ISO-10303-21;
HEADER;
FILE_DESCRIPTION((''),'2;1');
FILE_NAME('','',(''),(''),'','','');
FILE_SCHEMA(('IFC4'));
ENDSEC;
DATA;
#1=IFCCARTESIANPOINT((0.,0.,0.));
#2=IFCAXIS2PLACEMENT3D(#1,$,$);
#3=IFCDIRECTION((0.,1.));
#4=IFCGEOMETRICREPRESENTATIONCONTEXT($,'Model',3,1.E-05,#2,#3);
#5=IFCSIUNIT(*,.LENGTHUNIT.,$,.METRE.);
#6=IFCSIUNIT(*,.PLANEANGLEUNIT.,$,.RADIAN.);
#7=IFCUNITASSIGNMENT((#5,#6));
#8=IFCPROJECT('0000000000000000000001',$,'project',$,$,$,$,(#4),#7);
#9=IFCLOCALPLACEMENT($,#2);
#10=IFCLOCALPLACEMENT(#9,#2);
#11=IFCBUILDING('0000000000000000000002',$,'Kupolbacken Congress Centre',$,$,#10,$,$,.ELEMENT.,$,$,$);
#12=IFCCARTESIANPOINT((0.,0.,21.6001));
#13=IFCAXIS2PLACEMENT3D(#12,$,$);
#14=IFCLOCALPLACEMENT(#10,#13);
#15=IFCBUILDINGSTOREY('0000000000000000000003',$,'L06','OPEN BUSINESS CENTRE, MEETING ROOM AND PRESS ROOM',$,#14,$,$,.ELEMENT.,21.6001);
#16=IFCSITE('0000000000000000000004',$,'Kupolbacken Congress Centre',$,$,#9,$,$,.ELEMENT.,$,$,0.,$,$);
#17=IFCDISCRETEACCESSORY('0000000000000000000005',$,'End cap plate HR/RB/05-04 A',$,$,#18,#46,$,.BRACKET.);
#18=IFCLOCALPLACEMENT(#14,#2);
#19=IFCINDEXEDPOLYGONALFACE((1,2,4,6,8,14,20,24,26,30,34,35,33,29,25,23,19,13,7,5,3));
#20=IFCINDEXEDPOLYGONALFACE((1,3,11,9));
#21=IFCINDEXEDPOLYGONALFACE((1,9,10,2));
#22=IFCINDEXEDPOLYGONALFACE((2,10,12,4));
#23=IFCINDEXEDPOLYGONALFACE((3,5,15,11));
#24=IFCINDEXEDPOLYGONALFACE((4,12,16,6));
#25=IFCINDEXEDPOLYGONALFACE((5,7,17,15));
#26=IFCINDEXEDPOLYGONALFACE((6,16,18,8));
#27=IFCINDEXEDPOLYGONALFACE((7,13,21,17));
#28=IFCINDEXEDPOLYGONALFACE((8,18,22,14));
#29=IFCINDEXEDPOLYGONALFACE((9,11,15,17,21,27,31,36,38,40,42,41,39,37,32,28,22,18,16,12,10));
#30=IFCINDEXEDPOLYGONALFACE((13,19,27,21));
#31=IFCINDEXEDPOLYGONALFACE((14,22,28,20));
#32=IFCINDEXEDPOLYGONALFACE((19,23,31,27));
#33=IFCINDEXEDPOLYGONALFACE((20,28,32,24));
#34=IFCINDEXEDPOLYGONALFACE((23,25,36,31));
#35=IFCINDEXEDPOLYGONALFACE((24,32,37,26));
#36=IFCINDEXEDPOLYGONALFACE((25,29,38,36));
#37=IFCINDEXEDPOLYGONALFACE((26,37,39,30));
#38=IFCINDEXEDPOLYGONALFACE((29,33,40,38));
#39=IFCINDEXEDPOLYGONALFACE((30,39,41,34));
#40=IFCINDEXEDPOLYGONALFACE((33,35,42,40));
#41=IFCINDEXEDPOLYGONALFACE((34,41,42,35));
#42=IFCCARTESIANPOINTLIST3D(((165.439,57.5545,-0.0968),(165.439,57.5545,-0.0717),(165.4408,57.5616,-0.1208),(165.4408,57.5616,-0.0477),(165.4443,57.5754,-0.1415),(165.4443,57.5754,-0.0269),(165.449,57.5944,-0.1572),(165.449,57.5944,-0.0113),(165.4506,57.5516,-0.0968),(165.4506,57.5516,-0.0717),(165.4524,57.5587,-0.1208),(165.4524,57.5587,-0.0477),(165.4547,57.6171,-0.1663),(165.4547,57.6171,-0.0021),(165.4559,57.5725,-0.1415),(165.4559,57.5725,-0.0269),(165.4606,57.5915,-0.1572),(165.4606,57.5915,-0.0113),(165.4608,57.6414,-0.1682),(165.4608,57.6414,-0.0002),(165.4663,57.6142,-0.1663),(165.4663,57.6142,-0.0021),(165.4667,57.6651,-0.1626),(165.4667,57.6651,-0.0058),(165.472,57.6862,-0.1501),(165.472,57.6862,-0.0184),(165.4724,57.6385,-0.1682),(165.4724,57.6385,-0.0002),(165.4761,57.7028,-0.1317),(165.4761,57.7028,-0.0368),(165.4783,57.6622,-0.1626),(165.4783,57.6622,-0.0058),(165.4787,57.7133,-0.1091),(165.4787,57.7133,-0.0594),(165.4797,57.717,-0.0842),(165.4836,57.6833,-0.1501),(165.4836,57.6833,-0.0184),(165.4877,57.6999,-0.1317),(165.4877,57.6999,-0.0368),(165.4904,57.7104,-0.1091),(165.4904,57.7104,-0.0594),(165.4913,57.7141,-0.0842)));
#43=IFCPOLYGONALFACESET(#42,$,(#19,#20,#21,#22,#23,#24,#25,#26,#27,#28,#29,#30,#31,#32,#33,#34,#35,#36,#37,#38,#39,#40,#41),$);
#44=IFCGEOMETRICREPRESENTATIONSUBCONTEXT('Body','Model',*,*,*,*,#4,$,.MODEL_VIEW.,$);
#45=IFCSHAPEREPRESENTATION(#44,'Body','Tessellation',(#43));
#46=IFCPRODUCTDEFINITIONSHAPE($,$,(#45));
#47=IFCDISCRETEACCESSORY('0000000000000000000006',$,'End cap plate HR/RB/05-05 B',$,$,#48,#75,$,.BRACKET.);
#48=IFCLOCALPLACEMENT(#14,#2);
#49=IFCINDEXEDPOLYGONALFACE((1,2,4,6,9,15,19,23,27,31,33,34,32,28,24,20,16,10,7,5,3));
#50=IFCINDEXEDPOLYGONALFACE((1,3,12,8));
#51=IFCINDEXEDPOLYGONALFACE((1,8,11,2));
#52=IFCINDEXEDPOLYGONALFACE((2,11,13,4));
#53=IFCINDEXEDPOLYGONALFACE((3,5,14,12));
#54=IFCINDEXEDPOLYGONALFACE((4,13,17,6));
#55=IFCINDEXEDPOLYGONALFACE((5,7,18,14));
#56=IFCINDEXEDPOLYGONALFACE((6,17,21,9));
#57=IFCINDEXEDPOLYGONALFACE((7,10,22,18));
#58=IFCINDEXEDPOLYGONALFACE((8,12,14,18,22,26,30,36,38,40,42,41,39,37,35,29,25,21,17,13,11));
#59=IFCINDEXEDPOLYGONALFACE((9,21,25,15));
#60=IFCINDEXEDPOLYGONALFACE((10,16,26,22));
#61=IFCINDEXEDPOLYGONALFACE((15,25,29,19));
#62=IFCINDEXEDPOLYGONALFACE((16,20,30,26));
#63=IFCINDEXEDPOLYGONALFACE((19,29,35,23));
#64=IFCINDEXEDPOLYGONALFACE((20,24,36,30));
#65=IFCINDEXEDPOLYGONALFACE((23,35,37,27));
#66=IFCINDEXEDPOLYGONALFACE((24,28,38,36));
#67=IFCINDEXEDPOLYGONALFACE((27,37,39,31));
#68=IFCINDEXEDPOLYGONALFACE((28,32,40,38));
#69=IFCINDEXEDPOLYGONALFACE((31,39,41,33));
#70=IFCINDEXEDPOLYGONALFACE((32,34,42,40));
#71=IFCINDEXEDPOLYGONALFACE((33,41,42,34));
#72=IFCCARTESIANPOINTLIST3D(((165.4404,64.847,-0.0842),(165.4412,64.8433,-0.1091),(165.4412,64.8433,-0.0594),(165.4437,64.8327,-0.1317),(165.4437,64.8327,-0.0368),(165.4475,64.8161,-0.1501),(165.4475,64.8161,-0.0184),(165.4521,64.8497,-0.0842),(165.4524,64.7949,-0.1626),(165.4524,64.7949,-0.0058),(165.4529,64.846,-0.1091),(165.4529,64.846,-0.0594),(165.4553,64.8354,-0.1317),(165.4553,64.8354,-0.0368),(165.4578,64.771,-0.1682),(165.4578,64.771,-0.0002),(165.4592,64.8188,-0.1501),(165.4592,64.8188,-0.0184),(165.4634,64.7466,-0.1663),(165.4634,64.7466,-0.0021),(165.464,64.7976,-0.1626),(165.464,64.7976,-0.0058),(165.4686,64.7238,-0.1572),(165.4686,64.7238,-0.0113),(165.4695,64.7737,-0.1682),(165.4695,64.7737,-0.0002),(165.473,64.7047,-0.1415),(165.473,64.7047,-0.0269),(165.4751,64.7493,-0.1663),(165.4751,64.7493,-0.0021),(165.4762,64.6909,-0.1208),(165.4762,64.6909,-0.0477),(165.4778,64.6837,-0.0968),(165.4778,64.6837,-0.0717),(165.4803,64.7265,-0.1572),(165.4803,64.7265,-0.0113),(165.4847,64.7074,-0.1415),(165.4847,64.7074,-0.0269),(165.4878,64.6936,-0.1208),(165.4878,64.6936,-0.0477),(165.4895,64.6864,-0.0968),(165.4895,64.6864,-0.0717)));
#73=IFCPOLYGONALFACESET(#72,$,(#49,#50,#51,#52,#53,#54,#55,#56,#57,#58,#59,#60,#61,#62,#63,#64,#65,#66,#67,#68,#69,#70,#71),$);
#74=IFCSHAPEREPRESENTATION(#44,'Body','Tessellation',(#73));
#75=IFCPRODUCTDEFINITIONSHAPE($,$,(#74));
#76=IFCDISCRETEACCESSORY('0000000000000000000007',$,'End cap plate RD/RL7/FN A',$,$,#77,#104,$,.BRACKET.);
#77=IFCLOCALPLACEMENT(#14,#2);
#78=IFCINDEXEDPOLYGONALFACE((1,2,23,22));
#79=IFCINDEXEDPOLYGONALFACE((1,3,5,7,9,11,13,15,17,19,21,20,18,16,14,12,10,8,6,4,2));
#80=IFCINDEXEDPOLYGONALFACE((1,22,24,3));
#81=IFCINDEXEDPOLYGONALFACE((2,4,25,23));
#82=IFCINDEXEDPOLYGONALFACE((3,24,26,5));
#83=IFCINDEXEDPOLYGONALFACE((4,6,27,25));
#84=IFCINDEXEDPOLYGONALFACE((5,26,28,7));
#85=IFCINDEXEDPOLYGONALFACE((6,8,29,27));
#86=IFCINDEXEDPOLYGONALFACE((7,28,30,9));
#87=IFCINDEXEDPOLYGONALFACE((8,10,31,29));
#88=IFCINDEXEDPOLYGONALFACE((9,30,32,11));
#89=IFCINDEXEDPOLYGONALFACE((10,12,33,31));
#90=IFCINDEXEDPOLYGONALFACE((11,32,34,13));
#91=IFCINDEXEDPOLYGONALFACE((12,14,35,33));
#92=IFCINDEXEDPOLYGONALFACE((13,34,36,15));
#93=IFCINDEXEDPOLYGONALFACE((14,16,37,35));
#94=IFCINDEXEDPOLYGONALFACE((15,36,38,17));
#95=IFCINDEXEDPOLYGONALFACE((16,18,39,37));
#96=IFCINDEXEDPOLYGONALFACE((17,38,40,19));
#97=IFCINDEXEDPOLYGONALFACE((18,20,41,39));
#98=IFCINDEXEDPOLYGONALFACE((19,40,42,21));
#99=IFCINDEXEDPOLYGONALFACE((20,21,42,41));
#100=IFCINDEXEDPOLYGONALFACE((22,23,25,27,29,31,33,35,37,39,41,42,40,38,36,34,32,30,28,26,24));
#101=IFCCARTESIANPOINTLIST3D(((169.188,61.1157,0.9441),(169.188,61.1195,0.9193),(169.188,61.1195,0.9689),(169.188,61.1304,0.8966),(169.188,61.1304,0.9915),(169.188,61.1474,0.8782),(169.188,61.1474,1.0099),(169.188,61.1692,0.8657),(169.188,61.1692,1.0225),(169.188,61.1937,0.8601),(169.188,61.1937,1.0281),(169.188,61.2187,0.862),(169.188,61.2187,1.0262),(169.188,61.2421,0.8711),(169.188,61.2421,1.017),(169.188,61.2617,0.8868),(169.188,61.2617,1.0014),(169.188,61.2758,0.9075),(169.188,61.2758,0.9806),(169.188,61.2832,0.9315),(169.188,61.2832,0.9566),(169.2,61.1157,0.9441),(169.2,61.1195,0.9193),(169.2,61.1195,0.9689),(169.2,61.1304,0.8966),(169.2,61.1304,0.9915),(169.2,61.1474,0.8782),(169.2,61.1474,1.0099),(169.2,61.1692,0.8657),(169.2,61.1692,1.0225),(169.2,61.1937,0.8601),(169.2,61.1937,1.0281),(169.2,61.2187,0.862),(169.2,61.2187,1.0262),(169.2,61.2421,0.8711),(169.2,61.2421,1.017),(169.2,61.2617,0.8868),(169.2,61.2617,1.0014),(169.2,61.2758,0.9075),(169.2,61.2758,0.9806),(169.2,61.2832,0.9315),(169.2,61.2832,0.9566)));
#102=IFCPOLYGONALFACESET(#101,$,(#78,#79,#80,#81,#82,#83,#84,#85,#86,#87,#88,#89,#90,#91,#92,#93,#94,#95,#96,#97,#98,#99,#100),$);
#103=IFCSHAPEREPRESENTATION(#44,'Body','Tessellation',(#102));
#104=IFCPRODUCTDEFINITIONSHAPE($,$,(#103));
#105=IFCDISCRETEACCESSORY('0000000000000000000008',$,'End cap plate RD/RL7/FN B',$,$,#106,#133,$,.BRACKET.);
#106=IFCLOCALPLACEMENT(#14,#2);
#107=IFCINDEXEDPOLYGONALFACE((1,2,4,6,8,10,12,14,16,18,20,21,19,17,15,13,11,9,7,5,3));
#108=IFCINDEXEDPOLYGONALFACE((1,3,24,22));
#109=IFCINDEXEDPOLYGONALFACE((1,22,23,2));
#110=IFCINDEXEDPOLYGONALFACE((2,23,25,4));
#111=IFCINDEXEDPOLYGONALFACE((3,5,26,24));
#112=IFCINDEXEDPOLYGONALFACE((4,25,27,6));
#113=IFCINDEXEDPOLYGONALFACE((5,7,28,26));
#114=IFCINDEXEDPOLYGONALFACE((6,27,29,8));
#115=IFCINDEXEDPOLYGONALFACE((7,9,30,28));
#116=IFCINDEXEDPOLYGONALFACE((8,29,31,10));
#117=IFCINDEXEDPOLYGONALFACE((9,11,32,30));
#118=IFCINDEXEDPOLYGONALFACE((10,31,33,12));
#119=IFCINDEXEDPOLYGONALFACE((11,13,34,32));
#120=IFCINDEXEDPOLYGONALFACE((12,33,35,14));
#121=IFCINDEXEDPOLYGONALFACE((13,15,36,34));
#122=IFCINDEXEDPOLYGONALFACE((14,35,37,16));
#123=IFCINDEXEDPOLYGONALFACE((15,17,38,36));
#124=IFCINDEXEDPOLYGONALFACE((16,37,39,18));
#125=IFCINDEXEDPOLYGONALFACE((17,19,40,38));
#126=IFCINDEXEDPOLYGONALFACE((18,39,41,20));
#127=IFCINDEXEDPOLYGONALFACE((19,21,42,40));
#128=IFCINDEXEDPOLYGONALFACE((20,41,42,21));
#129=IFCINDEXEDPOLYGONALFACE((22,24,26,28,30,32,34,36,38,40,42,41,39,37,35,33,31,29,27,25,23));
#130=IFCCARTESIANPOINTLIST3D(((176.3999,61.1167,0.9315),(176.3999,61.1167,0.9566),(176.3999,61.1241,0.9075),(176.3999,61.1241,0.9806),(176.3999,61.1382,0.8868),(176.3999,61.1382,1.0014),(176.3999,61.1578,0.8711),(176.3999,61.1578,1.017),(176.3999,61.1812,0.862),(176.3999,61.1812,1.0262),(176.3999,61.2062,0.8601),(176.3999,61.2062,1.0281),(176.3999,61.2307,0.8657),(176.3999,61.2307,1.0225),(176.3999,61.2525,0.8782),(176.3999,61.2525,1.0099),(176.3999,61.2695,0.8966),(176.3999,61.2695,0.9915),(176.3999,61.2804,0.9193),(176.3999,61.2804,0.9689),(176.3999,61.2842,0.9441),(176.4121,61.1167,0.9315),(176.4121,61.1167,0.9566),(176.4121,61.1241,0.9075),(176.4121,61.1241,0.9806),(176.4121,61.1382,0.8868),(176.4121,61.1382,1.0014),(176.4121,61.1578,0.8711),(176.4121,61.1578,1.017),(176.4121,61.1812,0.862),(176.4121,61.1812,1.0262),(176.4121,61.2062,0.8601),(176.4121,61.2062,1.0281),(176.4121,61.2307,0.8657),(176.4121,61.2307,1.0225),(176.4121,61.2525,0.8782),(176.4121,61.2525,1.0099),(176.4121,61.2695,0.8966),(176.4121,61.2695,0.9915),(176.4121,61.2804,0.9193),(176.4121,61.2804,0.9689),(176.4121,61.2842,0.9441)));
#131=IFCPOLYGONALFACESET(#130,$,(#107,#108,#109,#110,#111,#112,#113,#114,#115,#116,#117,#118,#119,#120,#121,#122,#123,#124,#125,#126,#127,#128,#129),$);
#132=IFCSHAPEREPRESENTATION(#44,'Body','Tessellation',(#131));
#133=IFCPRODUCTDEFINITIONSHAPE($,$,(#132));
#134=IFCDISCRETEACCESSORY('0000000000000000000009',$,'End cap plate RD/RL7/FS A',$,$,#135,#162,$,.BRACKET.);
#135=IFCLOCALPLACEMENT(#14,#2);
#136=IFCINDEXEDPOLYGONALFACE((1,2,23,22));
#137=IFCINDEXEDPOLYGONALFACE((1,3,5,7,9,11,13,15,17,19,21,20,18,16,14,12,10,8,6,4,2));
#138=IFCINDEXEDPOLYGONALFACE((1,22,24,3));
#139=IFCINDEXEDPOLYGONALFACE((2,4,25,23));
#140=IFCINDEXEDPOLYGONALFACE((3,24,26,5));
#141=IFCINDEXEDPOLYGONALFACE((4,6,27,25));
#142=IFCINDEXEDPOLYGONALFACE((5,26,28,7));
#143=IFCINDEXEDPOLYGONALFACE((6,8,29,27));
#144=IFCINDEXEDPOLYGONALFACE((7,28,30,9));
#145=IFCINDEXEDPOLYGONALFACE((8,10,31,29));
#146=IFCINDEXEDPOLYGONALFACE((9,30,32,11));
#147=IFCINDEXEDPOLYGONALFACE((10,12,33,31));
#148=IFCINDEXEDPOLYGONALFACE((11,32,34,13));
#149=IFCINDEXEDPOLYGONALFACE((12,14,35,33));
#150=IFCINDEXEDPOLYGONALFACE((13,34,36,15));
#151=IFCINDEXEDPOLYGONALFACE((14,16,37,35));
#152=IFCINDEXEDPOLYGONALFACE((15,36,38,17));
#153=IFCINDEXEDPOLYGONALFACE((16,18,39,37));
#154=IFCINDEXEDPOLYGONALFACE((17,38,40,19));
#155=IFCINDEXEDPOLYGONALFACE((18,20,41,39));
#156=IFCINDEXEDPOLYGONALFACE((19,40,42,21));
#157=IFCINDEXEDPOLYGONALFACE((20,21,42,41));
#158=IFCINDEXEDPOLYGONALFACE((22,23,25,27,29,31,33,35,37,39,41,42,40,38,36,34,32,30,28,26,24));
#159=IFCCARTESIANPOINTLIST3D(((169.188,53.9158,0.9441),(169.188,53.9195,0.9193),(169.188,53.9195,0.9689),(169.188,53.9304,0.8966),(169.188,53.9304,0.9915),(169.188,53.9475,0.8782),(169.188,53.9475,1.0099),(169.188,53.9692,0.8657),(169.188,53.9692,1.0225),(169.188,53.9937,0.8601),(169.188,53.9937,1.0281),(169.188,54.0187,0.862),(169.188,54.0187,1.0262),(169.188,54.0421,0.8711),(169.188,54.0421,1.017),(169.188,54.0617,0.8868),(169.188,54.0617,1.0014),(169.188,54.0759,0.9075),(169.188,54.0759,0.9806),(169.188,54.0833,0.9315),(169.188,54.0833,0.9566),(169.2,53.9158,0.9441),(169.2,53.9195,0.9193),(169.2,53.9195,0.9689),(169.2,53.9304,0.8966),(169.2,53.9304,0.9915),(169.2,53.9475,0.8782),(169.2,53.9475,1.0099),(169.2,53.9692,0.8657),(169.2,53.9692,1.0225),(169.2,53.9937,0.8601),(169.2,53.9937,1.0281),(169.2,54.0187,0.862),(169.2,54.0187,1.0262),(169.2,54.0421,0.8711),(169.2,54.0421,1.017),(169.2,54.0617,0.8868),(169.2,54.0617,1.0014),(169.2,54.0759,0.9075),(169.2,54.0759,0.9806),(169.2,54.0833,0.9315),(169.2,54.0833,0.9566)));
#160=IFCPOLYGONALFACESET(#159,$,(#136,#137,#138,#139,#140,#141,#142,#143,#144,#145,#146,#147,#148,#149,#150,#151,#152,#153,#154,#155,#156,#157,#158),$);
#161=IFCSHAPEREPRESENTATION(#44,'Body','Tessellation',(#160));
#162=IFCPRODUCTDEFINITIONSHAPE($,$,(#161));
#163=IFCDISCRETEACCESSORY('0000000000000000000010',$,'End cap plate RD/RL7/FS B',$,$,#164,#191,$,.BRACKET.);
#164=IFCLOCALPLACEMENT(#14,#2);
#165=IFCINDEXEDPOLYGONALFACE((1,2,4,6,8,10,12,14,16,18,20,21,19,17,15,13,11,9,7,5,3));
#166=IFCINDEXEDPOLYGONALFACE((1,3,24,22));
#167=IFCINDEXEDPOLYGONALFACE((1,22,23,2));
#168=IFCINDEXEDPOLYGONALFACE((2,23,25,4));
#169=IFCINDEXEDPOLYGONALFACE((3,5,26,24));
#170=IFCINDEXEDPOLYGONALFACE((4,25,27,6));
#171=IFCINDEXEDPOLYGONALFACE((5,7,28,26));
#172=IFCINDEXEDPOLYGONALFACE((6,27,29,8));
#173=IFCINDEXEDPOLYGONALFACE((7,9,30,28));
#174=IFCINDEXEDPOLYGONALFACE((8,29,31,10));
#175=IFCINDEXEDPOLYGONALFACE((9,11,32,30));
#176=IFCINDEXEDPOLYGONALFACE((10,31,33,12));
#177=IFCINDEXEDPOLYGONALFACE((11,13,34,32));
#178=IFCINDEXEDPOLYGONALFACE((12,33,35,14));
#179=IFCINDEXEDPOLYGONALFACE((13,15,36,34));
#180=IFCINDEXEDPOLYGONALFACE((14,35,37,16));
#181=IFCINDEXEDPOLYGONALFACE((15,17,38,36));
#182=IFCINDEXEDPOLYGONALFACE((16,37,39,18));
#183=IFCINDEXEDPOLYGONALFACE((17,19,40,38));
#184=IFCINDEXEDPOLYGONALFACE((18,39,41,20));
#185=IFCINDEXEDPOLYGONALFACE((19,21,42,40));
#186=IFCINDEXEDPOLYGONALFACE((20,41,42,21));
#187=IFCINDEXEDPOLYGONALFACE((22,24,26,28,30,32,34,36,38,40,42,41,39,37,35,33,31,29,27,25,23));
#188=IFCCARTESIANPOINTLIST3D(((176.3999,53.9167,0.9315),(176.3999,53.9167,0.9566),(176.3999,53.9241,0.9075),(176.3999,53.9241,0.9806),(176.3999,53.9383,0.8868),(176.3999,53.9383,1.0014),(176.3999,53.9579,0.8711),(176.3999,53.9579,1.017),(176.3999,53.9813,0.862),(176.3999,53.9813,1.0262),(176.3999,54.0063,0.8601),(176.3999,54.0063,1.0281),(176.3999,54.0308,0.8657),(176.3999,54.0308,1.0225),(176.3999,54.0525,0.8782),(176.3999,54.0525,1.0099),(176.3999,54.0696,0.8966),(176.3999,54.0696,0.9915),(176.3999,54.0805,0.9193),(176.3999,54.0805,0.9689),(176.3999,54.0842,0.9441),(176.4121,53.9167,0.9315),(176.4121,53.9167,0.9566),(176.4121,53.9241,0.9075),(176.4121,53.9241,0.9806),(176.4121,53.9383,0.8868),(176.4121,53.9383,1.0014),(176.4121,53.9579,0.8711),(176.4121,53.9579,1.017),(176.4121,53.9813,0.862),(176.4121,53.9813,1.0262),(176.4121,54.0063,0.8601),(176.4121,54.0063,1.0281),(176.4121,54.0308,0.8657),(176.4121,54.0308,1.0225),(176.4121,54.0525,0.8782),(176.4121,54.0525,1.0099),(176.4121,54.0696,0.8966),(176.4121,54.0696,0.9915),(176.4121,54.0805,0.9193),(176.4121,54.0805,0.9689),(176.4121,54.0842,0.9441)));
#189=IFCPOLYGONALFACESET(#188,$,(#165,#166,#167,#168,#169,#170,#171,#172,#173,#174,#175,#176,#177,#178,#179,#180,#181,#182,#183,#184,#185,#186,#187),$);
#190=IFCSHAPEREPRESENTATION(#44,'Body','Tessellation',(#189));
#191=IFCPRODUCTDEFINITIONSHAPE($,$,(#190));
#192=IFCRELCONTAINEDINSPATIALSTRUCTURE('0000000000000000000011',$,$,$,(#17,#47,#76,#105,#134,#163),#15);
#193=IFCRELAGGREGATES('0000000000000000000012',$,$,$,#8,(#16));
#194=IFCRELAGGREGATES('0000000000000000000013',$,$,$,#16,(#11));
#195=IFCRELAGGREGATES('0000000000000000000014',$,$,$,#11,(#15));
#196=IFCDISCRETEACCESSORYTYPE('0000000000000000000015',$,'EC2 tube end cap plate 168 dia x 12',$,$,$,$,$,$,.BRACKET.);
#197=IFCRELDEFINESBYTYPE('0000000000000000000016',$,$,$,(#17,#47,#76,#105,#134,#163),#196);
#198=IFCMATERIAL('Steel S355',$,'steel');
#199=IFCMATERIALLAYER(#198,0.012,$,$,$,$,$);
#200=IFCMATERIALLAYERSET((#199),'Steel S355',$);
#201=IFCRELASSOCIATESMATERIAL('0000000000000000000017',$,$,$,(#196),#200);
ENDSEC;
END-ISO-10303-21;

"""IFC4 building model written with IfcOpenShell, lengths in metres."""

from ifc_helpers import new_model, si_unit, direction, frame, origin, origin_2d, place, context, subcontext, project, spatial, circle, extrude, material, layer, layer_set, type_object, element, save


model = new_model("IFC4")

# Units and contexts
model_context = context("Model", 3, precision=1e-05, world=origin(), true_north=direction((0.0, 1.0)))
body_context = subcontext(model_context, "Body", "Model", "MODEL_VIEW")
ifc_project = project(units=[si_unit("LENGTHUNIT", "METRE"), si_unit("PLANEANGLEUNIT", "RADIAN")], contexts=[model_context])

# Site, building, storey
site_placement = place(None, origin())
site = spatial("IfcSite", under=ifc_project, at=site_placement, Name="Kupolbacken Congress Centre", CompositionType="ELEMENT", RefElevation=0.0)
building_placement = place(site_placement, origin())
building = spatial("IfcBuilding", under=site, at=building_placement, Name="Kupolbacken Congress Centre", CompositionType="ELEMENT")
storey_placement = place(building_placement, frame((0.0, 0.0, 21.6001)))
storey = spatial("IfcBuildingStorey", under=building, at=storey_placement, Name="L06", Description="OPEN BUSINESS CENTRE, MEETING ROOM AND PRESS ROOM", CompositionType="ELEMENT", Elevation=21.6001)

# Discrete accessories
ifc_material_1 = material(Name="Steel S355", Category="steel")
ifc_layer_1 = layer(ifc_material_1, 0.012)
ifc_layer_set_1 = layer_set([ifc_layer_1], Name="Steel S355")
discrete_accessory_type = type_object("IfcDiscreteAccessoryType", Name="EC2 tube end cap plate 168 dia x 12", PredefinedType="BRACKET", material=ifc_layer_set_1)
for number, where, z_axis, x_axis, name in (
    (1, (165.4592, 57.6353, -0.0842), (0.970143, -0.242536, 0.0), (0.242536, 0.970143, 0.0), "End cap plate HR/RB/05-04 A"),
    (2, (165.4592, 64.7649, -0.0842), (0.974732, 0.223376, 0.0), (-0.223376, 0.974732, 0.0), "End cap plate HR/RB/05-05 B"),
    (3, (169.2, 61.2, 0.9441), (-1.0, 0.0, 0.0), (0.0, -1.0, 0.0), "End cap plate RD/RL7/FN A"),
):
    element("IfcDiscreteAccessory", number, at=place(storey_placement, frame(where, z_axis=z_axis, x_axis=x_axis)), inside=storey, type_object=discrete_accessory_type, Name=name, PredefinedType="BRACKET", context=body_context, shape_type="SweptSolid", body=[
        extrude(circle(Radius=0.0842, at=origin_2d()), origin(), (0.0, 0.0, 1.0), 0.012),
    ])
discrete_accessory_1_placement = place(storey_placement, frame((176.3999, 61.2, 0.9441), z_axis=(1.0, 0.0, 0.0), x_axis=(0.0, 1.0, 0.0)))
element("IfcDiscreteAccessory", 4, at=discrete_accessory_1_placement, inside=storey, type_object=discrete_accessory_type, Name="End cap plate RD/RL7/FN B", PredefinedType="BRACKET", context=body_context, shape_type="SweptSolid", body=[
    extrude(circle(Radius=0.0842, at=origin_2d()), origin(), (0.0, 0.0, 1.0), 0.0122),
])
discrete_accessory_2_placement = place(storey_placement, frame((169.2, 54.0, 0.9441), z_axis=(-1.0, 0.0, 0.0), x_axis=(0.0, -1.0, 0.0)))
element("IfcDiscreteAccessory", 5, at=discrete_accessory_2_placement, inside=storey, type_object=discrete_accessory_type, Name="End cap plate RD/RL7/FS A", PredefinedType="BRACKET", context=body_context, shape_type="SweptSolid", body=[
    extrude(circle(Radius=0.0842, at=origin_2d()), origin(), (0.0, 0.0, 1.0), 0.012),
])
discrete_accessory_3_placement = place(storey_placement, frame((176.3999, 54.0, 0.9441), z_axis=(1.0, 0.0, 0.0), x_axis=(0.0, 1.0, 0.0)))
element("IfcDiscreteAccessory", 6, at=discrete_accessory_3_placement, inside=storey, type_object=discrete_accessory_type, Name="End cap plate RD/RL7/FS B", PredefinedType="BRACKET", context=body_context, shape_type="SweptSolid", body=[
    extrude(circle(Radius=0.0842, at=origin_2d()), origin(), (0.0, 0.0, 1.0), 0.0122),
])

save(model, "model.ifc")
